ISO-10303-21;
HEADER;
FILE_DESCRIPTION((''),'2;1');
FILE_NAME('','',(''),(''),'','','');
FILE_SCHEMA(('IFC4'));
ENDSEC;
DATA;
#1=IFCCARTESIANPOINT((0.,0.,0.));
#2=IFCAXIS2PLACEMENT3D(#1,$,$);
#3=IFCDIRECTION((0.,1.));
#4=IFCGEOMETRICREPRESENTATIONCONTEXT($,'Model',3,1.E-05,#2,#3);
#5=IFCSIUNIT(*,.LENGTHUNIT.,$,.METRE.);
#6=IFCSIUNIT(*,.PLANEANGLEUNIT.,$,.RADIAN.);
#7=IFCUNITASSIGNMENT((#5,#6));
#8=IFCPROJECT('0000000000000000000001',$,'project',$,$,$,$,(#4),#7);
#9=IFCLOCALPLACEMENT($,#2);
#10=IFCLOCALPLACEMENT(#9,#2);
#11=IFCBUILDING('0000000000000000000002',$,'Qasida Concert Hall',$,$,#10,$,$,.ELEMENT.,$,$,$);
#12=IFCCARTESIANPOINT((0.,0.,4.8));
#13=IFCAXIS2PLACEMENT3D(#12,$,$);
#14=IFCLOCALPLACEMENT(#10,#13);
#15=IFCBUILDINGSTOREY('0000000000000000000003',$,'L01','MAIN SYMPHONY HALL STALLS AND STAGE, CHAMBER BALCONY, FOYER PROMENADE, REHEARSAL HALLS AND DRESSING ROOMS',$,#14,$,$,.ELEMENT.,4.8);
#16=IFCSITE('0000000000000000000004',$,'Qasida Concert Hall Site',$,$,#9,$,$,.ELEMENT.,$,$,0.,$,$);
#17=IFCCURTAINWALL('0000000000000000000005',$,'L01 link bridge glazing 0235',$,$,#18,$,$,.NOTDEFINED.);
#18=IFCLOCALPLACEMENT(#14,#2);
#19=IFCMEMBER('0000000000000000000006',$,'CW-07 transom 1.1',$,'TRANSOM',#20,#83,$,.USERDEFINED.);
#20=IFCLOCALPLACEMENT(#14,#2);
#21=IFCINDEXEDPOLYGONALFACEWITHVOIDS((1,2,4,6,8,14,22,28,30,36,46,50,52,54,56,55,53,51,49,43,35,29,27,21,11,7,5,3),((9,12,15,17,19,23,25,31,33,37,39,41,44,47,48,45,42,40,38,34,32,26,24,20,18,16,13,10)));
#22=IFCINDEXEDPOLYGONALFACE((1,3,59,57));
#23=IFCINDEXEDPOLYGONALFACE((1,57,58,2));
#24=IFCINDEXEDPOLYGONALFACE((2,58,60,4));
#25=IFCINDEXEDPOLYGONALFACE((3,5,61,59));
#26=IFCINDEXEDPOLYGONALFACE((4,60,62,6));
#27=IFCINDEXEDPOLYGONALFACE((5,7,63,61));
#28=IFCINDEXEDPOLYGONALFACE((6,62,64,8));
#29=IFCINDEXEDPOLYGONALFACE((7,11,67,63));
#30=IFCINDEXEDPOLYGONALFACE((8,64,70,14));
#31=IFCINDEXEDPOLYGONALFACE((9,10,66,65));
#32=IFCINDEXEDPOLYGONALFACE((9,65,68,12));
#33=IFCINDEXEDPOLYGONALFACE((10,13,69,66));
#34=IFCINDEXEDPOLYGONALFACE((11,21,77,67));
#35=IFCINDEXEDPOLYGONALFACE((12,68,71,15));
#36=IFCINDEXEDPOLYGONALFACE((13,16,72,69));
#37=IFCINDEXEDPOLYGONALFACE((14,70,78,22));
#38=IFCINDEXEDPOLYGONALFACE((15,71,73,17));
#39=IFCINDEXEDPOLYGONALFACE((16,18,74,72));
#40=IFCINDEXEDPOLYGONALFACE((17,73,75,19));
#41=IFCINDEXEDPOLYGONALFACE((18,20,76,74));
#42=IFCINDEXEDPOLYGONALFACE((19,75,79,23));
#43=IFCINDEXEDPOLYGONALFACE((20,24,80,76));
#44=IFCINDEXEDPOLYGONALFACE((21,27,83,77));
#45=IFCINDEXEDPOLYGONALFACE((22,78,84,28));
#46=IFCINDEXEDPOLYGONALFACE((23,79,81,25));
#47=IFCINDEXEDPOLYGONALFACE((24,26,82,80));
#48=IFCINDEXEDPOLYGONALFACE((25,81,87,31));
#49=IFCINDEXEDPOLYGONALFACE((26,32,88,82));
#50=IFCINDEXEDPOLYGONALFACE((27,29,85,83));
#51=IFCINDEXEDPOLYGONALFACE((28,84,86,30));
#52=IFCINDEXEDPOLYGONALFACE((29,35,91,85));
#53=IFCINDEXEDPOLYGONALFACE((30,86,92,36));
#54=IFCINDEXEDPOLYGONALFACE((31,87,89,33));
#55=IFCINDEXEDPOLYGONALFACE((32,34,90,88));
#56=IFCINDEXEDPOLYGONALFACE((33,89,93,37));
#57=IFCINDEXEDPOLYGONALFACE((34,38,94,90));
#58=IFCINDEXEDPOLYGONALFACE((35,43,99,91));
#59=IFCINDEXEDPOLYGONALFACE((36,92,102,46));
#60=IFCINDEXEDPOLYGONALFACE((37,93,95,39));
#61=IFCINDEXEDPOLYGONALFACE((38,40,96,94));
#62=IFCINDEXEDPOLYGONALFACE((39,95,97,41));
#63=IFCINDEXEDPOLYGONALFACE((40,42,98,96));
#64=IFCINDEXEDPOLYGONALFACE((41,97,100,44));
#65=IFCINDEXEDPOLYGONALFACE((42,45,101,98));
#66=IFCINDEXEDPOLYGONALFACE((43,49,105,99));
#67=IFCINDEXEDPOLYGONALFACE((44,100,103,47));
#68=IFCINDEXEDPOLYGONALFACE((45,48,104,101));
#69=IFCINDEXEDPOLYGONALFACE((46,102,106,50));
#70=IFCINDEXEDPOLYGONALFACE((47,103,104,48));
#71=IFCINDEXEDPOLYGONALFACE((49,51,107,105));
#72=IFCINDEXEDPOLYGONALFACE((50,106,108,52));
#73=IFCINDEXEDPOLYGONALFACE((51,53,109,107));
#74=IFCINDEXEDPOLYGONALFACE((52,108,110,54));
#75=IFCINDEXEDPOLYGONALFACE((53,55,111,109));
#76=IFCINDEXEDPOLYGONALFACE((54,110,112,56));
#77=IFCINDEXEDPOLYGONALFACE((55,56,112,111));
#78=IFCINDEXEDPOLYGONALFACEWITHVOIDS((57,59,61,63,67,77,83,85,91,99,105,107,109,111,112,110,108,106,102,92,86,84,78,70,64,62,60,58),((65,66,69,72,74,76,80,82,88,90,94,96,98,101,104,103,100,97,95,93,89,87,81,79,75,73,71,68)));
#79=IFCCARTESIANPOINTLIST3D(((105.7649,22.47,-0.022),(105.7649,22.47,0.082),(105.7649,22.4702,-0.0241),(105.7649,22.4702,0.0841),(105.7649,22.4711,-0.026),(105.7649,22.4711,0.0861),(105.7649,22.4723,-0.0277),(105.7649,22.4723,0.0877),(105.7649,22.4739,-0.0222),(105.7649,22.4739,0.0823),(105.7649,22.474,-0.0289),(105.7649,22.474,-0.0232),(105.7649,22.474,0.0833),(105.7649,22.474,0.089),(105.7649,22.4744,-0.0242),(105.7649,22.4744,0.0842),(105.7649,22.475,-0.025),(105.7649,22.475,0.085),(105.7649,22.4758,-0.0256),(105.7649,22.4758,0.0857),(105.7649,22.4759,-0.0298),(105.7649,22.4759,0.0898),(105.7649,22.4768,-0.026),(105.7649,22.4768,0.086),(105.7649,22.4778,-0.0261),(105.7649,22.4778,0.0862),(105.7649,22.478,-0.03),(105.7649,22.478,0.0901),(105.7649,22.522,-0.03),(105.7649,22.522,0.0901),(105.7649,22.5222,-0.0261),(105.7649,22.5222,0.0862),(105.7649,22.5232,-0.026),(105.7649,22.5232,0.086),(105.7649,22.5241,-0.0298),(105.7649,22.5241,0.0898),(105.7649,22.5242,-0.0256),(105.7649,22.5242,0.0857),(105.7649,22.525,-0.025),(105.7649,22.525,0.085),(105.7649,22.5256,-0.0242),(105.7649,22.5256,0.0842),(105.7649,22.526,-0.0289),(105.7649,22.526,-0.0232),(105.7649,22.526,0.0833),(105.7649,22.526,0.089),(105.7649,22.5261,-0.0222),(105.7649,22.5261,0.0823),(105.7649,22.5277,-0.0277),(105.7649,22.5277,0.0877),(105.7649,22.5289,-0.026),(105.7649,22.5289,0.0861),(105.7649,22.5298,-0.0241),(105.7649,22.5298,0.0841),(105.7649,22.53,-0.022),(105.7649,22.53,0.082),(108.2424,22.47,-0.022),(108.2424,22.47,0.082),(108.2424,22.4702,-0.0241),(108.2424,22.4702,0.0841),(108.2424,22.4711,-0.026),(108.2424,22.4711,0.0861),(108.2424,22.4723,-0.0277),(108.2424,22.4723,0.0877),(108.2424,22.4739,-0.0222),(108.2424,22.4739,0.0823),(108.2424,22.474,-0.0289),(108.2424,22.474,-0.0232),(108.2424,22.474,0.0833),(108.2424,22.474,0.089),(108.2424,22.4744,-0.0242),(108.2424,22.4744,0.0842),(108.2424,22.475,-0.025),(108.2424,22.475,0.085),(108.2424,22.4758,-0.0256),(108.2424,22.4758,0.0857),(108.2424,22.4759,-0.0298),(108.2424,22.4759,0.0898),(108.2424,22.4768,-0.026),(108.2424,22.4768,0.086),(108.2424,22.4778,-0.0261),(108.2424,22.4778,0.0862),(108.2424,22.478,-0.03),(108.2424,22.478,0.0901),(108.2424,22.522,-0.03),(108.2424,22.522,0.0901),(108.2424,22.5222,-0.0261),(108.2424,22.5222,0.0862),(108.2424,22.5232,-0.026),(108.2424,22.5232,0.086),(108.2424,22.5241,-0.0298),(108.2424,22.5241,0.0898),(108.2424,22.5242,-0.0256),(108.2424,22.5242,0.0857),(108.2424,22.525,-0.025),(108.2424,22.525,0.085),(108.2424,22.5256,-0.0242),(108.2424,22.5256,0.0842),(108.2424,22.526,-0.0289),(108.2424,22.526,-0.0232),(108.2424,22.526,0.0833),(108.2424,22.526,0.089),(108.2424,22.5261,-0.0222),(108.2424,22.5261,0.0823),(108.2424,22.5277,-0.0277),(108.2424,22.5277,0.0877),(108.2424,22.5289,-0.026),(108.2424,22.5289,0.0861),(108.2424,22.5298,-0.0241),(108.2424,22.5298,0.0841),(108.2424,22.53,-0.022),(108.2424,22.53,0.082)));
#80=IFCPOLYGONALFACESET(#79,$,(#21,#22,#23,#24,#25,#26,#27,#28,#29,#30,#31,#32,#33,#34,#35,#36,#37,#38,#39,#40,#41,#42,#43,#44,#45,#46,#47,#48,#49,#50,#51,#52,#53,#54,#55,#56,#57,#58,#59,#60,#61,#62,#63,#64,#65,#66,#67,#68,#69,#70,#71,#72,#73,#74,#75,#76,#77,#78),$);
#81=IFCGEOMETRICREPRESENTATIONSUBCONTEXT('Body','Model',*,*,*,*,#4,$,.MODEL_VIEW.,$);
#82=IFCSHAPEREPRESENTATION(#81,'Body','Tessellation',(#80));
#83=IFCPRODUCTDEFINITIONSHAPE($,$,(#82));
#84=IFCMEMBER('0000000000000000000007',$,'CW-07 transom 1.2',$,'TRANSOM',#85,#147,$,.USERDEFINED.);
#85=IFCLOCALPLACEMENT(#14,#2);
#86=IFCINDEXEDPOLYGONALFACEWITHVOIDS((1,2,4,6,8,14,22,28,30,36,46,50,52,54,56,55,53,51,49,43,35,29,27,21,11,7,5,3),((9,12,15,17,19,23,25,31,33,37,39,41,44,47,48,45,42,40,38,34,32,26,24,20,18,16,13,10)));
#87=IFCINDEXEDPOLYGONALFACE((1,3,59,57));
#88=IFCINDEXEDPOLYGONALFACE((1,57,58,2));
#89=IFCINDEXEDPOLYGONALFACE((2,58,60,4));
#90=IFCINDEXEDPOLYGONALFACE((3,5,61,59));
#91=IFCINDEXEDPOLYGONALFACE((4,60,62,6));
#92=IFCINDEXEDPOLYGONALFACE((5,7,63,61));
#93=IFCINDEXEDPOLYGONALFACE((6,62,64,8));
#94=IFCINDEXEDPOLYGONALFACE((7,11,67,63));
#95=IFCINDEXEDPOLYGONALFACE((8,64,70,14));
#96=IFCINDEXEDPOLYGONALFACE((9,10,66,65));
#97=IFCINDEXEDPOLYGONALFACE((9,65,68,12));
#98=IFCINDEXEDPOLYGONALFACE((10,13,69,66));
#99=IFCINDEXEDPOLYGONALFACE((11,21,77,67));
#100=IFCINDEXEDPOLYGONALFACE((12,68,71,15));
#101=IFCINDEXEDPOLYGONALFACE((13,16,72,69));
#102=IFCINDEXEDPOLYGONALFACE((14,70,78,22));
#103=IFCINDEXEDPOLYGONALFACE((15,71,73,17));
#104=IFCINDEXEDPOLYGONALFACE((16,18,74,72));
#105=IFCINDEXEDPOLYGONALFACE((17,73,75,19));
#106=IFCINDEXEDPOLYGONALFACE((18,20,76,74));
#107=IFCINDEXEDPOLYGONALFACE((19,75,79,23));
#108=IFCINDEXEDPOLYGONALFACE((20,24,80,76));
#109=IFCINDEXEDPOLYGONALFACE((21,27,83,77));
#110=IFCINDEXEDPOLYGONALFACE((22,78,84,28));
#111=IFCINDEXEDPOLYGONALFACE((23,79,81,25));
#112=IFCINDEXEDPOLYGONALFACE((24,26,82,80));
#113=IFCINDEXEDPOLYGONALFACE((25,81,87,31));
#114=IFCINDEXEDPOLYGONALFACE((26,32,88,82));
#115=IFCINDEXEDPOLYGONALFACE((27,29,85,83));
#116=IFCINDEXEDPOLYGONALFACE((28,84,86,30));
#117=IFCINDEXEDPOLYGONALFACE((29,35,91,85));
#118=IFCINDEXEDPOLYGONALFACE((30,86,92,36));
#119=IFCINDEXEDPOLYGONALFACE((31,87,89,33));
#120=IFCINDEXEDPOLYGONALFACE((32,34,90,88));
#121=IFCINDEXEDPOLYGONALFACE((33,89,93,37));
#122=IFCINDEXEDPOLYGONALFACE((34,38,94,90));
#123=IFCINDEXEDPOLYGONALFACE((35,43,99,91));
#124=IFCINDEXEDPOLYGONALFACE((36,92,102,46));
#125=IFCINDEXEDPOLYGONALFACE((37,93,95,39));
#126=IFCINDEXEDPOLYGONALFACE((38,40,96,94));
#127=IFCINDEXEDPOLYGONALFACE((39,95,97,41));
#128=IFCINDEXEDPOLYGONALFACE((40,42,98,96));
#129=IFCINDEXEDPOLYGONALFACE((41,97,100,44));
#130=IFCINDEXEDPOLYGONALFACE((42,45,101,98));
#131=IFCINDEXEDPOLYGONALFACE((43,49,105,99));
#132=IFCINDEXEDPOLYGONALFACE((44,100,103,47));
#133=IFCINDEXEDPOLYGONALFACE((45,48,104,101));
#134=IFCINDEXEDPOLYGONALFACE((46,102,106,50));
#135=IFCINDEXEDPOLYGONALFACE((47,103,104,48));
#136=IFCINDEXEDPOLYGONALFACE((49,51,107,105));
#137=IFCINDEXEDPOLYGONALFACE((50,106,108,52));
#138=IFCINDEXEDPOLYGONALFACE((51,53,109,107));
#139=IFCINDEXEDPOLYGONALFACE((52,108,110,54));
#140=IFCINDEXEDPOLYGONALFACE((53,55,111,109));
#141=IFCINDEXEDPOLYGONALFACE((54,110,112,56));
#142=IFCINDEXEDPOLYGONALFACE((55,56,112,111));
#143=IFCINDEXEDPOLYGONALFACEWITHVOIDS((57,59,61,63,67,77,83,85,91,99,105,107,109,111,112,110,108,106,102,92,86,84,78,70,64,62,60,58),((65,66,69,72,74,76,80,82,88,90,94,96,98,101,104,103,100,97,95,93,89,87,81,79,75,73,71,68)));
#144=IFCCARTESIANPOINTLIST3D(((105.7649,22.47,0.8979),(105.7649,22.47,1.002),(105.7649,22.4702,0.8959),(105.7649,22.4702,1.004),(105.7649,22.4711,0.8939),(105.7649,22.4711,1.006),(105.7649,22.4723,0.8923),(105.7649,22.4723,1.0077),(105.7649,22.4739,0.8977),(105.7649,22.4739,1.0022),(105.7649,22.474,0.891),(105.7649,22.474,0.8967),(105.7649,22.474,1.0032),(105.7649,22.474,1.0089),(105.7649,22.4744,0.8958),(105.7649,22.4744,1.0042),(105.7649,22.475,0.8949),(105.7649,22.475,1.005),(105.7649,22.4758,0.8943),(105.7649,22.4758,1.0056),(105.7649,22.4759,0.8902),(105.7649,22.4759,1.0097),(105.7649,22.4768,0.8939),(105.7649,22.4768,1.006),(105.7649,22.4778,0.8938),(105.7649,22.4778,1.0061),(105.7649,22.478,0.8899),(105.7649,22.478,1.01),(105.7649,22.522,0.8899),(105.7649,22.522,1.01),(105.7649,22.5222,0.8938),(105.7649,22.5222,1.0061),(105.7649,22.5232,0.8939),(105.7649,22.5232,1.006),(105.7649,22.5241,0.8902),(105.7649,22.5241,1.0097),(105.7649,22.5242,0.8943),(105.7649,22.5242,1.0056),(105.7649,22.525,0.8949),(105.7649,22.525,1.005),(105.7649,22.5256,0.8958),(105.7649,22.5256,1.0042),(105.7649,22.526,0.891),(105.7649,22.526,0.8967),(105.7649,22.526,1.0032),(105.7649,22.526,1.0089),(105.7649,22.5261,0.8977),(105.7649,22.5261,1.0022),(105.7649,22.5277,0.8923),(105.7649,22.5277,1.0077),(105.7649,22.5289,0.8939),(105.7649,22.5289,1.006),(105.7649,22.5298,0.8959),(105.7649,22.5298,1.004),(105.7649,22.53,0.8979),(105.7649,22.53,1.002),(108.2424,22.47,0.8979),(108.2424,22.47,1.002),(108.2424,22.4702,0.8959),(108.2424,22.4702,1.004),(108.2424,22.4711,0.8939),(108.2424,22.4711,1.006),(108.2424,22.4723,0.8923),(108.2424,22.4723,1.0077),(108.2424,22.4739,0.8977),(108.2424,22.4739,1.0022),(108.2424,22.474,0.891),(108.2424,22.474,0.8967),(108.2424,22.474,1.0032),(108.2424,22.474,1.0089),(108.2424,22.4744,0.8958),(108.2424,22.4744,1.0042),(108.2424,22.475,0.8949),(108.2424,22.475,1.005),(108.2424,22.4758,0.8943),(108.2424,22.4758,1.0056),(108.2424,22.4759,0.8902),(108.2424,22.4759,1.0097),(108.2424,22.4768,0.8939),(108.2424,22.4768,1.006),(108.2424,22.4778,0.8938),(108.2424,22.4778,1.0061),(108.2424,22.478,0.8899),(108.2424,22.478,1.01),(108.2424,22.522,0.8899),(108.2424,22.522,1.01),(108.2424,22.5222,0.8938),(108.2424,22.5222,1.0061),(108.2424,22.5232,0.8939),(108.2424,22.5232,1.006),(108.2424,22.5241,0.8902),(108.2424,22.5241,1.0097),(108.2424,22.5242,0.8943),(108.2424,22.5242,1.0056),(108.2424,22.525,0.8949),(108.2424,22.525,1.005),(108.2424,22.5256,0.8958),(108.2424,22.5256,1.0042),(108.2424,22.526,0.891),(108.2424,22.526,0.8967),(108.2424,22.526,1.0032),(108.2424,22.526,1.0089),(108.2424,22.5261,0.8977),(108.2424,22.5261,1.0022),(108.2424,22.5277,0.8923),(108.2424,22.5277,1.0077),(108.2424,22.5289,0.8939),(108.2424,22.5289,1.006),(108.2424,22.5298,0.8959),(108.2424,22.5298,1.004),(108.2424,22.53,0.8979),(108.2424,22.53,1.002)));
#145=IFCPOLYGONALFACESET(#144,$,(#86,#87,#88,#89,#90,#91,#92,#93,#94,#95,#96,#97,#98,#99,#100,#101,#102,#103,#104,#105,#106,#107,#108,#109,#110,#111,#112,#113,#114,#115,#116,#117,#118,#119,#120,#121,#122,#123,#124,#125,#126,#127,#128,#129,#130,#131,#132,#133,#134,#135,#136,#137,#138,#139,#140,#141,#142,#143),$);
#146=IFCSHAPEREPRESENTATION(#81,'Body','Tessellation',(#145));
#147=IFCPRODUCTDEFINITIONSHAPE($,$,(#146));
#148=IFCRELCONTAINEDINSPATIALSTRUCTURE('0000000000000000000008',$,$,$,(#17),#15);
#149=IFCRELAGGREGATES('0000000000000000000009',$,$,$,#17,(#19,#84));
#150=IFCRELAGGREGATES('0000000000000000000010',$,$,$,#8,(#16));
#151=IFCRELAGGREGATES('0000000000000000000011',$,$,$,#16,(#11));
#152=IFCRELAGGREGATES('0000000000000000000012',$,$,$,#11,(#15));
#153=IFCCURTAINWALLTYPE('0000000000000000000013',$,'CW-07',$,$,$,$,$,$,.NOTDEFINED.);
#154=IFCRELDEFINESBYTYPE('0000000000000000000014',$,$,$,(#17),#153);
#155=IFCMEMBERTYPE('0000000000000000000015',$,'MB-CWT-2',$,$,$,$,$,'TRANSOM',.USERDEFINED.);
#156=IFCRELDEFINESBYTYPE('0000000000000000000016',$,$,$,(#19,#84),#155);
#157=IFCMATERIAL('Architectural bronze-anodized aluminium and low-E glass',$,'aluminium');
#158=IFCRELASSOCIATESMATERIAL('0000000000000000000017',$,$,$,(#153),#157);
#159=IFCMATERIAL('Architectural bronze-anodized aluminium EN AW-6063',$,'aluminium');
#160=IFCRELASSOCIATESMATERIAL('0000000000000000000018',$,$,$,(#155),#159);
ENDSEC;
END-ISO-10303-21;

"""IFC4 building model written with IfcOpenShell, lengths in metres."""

from ifc_helpers import new_model, si_unit, direction, frame, origin, origin_2d, place, context, subcontext, project, spatial, hollow_rectangle, extrude, material, material_profile, profile_set, type_object, element, aggregate, save


model = new_model("IFC4")

# Units and contexts
model_context = context("Model", 3, precision=1e-05, world=origin(), true_north=direction((0.0, 1.0)))
body_context = subcontext(model_context, "Body", "Model", "MODEL_VIEW")
ifc_project = project(units=[si_unit("LENGTHUNIT", "METRE"), si_unit("PLANEANGLEUNIT", "RADIAN")], contexts=[model_context])

# Site, building, storey
site_placement = place(None, origin())
site = spatial("IfcSite", under=ifc_project, at=site_placement, Name="Qasida Concert Hall Site", CompositionType="ELEMENT", RefElevation=0.0)
building_placement = place(site_placement, origin())
building = spatial("IfcBuilding", under=site, at=building_placement, Name="Qasida Concert Hall", CompositionType="ELEMENT")
storey_placement = place(building_placement, frame((0.0, 0.0, 4.8)))
storey = spatial("IfcBuildingStorey", under=building, at=storey_placement, Name="L01", Description="MAIN SYMPHONY HALL STALLS AND STAGE, CHAMBER BALCONY, FOYER PROMENADE, REHEARSAL HALLS AND DRESSING ROOMS", CompositionType="ELEMENT", Elevation=4.8)

# Curtain wall
ifc_material_1 = material(Name="Architectural bronze-anodized aluminium and low-E glass", Category="aluminium")
curtain_wall_type = type_object("IfcCurtainWallType", Name="CW-07", PredefinedType="NOTDEFINED", material=ifc_material_1)
ifc_material_2 = material(Name="Architectural bronze-anodized aluminium EN AW-6063", Category="aluminium")
curtain_wall_1_placement = place(storey_placement, origin())
curtain_wall_1 = element("IfcCurtainWall", 1, at=curtain_wall_1_placement, inside=storey, type_object=curtain_wall_type, Name="L01 link bridge glazing 0235", PredefinedType="NOTDEFINED")

# Members
ifc_material_profile_1 = material_profile(ifc_material_2, hollow_rectangle(XDim=0.0601, YDim=0.1201, WallThickness=0.0039, InnerFilletRadius=0.0039, OuterFilletRadius=0.0081, at=origin_2d()), Name="CWT 120x60x4")
ifc_profile_set_1 = profile_set([ifc_material_profile_1], Name="Architectural bronze-anodized aluminium EN AW-6063")
member_type_1 = type_object("IfcMemberType", Name="MB-CWT-2", ElementType="TRANSOM", PredefinedType="USERDEFINED", material=ifc_profile_set_1)
member_1_placement = place(storey_placement, frame((105.7649, 22.5, 0.03), z_axis=(1.0, 0.0, 0.0), x_axis=(0.0, 1.0, 0.0)))
member_1 = element("IfcMember", 2, at=member_1_placement, type_object=member_type_1, Name="CW-07 transom 1.1", ObjectType="TRANSOM", PredefinedType="USERDEFINED", context=body_context, shape_type="SweptSolid", body=[
    extrude(hollow_rectangle(XDim=0.0601, YDim=0.1201, WallThickness=0.0039, InnerFilletRadius=0.0039, OuterFilletRadius=0.0081, at=origin_2d()), origin(), (0.0, 0.0, 1.0), 2.4775),
])
member_2_placement = place(storey_placement, frame((105.7649, 22.5, 0.95), z_axis=(1.0, 0.0, 0.0), x_axis=(0.0, 1.0, 0.0)))
member_2 = element("IfcMember", 3, at=member_2_placement, type_object=member_type_1, Name="CW-07 transom 1.2", ObjectType="TRANSOM", PredefinedType="USERDEFINED", context=body_context, shape_type="SweptSolid", body=[
    extrude(hollow_rectangle(XDim=0.0601, YDim=0.1201, WallThickness=0.0039, InnerFilletRadius=0.0039, OuterFilletRadius=0.0081, at=origin_2d()), origin(), (0.0, 0.0, 1.0), 2.4775),
])

aggregate(curtain_wall_1, [member_1, member_2])

save(model, "model.ifc")
